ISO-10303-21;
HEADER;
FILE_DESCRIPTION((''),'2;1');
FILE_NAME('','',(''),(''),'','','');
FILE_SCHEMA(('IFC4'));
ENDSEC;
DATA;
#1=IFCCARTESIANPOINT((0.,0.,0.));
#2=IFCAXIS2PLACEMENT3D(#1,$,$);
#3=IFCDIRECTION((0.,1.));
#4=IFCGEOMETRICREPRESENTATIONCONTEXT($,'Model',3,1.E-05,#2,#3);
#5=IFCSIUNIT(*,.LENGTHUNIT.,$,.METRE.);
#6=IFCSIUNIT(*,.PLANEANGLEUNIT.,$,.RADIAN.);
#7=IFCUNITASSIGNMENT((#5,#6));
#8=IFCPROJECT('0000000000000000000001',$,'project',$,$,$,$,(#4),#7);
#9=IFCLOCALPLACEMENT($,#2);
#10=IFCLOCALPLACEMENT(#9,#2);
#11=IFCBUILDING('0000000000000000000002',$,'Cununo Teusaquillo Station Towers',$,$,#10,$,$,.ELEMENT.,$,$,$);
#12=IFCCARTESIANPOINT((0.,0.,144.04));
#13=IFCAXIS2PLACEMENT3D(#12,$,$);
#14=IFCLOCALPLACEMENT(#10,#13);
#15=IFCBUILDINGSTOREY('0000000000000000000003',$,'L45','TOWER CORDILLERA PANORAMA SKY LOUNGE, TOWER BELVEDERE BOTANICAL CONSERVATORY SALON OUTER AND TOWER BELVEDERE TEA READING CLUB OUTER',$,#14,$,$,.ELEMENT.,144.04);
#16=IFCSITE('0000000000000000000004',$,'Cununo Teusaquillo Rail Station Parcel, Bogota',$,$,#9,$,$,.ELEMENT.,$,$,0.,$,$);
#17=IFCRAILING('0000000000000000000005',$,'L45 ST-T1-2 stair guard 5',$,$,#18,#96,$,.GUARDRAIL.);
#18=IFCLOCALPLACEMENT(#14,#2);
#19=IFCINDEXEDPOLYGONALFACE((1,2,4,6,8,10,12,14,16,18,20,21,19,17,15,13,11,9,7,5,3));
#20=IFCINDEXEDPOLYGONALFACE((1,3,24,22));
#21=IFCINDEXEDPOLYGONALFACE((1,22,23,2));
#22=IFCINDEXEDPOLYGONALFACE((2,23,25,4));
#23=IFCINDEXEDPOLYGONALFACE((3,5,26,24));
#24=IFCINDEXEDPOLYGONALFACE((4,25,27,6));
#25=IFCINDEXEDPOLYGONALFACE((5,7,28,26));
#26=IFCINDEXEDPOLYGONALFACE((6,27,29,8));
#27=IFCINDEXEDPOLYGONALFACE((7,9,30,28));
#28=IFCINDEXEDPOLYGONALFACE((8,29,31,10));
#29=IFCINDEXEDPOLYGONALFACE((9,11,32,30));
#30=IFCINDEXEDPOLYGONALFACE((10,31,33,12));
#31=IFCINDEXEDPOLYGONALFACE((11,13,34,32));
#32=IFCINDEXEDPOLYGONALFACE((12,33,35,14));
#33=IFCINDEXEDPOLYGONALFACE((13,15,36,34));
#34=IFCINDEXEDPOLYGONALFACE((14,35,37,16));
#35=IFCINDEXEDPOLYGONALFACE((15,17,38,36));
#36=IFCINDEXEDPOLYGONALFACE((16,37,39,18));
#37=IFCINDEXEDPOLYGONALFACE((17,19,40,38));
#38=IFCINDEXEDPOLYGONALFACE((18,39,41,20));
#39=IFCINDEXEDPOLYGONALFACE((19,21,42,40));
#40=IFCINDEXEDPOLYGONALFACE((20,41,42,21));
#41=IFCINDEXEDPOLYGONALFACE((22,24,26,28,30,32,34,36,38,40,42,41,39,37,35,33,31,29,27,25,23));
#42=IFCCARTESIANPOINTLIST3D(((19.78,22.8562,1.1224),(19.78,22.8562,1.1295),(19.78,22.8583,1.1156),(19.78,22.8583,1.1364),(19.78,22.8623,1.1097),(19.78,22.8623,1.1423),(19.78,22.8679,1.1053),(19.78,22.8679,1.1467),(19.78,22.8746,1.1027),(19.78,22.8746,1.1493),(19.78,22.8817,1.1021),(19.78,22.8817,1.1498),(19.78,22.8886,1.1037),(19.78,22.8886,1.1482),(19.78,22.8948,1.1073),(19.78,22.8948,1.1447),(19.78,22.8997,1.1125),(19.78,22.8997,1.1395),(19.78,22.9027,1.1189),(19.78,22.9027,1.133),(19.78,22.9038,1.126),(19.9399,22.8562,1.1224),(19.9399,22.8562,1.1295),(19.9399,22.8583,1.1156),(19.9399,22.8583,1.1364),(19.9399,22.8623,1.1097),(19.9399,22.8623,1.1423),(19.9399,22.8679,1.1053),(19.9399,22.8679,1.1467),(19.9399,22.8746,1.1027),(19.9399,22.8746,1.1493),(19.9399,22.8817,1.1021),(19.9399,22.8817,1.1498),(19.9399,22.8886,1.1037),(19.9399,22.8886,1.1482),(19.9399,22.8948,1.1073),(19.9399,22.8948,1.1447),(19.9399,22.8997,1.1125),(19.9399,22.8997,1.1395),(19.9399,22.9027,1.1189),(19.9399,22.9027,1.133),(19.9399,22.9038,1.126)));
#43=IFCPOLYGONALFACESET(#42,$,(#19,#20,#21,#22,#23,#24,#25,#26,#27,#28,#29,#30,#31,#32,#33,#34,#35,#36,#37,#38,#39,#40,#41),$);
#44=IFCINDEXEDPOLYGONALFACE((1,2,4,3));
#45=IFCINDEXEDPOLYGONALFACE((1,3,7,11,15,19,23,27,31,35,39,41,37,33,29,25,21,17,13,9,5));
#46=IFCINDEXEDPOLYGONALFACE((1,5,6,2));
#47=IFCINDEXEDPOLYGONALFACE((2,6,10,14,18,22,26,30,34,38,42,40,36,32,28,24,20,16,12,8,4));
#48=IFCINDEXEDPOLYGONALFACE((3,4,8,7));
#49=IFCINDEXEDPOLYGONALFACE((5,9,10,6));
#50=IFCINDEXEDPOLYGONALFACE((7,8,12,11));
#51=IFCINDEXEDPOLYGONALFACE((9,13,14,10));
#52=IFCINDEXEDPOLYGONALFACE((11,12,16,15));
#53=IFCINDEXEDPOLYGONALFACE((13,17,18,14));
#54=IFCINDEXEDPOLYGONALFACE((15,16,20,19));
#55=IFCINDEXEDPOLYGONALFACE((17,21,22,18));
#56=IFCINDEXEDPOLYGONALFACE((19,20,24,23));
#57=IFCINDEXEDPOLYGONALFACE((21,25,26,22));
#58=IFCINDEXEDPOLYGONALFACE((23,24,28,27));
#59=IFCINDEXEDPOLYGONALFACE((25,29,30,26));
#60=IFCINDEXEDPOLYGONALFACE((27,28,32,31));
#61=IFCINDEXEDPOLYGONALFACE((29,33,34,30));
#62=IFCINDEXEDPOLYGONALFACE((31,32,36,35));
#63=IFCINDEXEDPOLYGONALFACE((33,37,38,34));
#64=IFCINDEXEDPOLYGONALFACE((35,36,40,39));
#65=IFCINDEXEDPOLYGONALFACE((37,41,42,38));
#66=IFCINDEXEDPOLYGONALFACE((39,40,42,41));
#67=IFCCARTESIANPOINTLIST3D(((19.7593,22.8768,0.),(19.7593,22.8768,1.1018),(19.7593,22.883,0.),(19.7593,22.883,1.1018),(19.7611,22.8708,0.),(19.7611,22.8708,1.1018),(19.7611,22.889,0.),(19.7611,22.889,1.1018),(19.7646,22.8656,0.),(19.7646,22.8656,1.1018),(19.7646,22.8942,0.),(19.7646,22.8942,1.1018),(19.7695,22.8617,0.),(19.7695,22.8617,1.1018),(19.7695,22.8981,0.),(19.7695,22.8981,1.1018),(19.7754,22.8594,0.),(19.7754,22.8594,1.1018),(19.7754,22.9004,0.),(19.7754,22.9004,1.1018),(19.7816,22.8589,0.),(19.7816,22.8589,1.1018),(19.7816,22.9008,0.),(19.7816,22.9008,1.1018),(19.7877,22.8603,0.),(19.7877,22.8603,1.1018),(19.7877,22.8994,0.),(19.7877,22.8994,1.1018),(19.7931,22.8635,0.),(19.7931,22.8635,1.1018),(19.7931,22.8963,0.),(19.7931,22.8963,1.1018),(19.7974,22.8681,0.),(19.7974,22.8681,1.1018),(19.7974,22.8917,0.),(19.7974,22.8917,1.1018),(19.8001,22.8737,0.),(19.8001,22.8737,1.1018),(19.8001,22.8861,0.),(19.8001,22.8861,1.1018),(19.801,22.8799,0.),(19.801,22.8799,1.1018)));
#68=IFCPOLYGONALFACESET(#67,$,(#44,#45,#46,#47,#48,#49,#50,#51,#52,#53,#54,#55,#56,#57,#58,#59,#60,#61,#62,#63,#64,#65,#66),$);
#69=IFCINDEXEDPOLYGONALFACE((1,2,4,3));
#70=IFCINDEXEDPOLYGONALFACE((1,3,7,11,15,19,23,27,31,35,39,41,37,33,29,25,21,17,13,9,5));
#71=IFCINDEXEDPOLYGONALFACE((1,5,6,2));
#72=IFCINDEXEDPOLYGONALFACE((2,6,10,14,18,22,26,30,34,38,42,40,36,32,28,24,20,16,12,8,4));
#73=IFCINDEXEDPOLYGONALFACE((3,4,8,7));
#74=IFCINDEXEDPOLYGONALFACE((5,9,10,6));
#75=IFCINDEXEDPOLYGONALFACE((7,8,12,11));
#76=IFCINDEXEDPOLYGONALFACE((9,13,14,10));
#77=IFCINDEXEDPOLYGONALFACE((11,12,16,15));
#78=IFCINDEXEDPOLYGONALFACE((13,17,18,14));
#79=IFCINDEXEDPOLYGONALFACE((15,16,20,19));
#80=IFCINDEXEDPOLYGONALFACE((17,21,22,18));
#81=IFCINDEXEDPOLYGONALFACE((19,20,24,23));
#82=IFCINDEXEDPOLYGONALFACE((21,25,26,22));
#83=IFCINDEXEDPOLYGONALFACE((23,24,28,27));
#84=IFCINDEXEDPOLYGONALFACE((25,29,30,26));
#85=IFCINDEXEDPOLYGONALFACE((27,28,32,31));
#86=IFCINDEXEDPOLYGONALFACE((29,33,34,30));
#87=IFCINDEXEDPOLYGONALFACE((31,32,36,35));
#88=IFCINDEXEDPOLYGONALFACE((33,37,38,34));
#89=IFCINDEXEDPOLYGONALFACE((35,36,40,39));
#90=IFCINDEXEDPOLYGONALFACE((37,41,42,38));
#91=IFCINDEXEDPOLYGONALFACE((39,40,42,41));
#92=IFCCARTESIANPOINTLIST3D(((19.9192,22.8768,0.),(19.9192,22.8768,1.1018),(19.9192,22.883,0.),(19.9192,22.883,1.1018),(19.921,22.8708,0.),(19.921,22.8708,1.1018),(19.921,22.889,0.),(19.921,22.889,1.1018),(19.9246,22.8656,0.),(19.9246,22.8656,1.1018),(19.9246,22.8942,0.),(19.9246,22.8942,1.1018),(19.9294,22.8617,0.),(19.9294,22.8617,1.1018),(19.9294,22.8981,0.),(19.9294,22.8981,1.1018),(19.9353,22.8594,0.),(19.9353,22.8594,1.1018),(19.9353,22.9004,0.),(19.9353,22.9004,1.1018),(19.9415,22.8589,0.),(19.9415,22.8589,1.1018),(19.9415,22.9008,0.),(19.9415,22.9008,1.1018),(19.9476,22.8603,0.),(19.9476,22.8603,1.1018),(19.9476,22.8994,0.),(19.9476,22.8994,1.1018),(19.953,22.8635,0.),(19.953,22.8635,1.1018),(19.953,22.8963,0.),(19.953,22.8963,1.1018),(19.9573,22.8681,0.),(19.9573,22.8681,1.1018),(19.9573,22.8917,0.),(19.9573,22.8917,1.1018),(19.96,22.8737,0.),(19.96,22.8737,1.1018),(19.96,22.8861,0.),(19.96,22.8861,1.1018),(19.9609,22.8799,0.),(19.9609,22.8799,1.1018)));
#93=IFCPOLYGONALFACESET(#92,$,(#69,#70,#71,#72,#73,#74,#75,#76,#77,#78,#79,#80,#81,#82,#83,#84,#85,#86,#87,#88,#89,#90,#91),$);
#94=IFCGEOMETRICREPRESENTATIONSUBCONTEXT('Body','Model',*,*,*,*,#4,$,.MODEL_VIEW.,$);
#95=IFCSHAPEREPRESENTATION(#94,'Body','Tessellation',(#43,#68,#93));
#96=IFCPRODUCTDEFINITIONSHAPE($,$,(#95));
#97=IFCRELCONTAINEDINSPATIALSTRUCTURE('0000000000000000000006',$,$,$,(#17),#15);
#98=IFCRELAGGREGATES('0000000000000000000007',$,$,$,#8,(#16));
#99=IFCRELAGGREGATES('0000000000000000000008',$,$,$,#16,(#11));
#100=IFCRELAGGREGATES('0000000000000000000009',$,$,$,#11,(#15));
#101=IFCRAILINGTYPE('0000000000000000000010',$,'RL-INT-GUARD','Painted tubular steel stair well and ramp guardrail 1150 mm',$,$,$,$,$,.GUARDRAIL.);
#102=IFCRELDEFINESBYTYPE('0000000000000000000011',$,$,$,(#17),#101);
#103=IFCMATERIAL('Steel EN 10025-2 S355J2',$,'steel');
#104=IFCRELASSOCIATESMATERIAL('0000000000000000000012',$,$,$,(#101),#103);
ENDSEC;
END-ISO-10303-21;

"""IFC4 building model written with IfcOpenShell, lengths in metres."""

from ifc_helpers import new_model, si_unit, direction, frame, origin, origin_2d, place, context, subcontext, project, spatial, circle, extrude, material, type_object, element, save


model = new_model("IFC4")

# Units and contexts
model_context = context("Model", 3, precision=1e-05, world=origin(), true_north=direction((0.0, 1.0)))
body_context = subcontext(model_context, "Body", "Model", "MODEL_VIEW")
ifc_project = project(units=[si_unit("LENGTHUNIT", "METRE"), si_unit("PLANEANGLEUNIT", "RADIAN")], contexts=[model_context])

# Site, building, storey
site_placement = place(None, origin())
site = spatial("IfcSite", under=ifc_project, at=site_placement, Name="Cununo Teusaquillo Rail Station Parcel, Bogota", CompositionType="ELEMENT", RefElevation=0.0)
building_placement = place(site_placement, origin())
building = spatial("IfcBuilding", under=site, at=building_placement, Name="Cununo Teusaquillo Station Towers", CompositionType="ELEMENT")
storey_placement = place(building_placement, frame((0.0, 0.0, 144.04)))
storey = spatial("IfcBuildingStorey", under=building, at=storey_placement, Name="L45", Description="TOWER CORDILLERA PANORAMA SKY LOUNGE, TOWER BELVEDERE BOTANICAL CONSERVATORY SALON OUTER AND TOWER BELVEDERE TEA READING CLUB OUTER", CompositionType="ELEMENT", Elevation=144.04)

# Railing
ifc_material_1 = material(Name="Steel EN 10025-2 S355J2", Category="steel")
railing_type_1 = type_object("IfcRailingType", Name="RL-INT-GUARD", Description="Painted tubular steel stair well and ramp guardrail 1150 mm", PredefinedType="GUARDRAIL", material=ifc_material_1)
railing_1_placement = place(storey_placement, frame((19.78, 22.8799, 0.0)))
element("IfcRailing", 1, at=railing_1_placement, inside=storey, type_object=railing_type_1, Name="L45 ST-T1-2 stair guard 5", PredefinedType="GUARDRAIL", context=body_context, shape_type="SweptSolid", body=[
    extrude(circle(Radius=0.0239, at=origin_2d()), frame((0.0, 0.0, 1.126), z_axis=(1.0, 0.0, 0.0), x_axis=(0.0, 1.0, 0.0)), (0.0, 0.0, 1.0), 0.1599),
    extrude(circle(Radius=0.021, at=origin_2d()), origin(), (0.0, 0.0, 1.0), 1.1018),
    extrude(circle(Radius=0.021, at=origin_2d()), frame((0.1599, 0.0, 0.0)), (0.0, 0.0, 1.0), 1.1018),
])

save(model, "model.ifc")
